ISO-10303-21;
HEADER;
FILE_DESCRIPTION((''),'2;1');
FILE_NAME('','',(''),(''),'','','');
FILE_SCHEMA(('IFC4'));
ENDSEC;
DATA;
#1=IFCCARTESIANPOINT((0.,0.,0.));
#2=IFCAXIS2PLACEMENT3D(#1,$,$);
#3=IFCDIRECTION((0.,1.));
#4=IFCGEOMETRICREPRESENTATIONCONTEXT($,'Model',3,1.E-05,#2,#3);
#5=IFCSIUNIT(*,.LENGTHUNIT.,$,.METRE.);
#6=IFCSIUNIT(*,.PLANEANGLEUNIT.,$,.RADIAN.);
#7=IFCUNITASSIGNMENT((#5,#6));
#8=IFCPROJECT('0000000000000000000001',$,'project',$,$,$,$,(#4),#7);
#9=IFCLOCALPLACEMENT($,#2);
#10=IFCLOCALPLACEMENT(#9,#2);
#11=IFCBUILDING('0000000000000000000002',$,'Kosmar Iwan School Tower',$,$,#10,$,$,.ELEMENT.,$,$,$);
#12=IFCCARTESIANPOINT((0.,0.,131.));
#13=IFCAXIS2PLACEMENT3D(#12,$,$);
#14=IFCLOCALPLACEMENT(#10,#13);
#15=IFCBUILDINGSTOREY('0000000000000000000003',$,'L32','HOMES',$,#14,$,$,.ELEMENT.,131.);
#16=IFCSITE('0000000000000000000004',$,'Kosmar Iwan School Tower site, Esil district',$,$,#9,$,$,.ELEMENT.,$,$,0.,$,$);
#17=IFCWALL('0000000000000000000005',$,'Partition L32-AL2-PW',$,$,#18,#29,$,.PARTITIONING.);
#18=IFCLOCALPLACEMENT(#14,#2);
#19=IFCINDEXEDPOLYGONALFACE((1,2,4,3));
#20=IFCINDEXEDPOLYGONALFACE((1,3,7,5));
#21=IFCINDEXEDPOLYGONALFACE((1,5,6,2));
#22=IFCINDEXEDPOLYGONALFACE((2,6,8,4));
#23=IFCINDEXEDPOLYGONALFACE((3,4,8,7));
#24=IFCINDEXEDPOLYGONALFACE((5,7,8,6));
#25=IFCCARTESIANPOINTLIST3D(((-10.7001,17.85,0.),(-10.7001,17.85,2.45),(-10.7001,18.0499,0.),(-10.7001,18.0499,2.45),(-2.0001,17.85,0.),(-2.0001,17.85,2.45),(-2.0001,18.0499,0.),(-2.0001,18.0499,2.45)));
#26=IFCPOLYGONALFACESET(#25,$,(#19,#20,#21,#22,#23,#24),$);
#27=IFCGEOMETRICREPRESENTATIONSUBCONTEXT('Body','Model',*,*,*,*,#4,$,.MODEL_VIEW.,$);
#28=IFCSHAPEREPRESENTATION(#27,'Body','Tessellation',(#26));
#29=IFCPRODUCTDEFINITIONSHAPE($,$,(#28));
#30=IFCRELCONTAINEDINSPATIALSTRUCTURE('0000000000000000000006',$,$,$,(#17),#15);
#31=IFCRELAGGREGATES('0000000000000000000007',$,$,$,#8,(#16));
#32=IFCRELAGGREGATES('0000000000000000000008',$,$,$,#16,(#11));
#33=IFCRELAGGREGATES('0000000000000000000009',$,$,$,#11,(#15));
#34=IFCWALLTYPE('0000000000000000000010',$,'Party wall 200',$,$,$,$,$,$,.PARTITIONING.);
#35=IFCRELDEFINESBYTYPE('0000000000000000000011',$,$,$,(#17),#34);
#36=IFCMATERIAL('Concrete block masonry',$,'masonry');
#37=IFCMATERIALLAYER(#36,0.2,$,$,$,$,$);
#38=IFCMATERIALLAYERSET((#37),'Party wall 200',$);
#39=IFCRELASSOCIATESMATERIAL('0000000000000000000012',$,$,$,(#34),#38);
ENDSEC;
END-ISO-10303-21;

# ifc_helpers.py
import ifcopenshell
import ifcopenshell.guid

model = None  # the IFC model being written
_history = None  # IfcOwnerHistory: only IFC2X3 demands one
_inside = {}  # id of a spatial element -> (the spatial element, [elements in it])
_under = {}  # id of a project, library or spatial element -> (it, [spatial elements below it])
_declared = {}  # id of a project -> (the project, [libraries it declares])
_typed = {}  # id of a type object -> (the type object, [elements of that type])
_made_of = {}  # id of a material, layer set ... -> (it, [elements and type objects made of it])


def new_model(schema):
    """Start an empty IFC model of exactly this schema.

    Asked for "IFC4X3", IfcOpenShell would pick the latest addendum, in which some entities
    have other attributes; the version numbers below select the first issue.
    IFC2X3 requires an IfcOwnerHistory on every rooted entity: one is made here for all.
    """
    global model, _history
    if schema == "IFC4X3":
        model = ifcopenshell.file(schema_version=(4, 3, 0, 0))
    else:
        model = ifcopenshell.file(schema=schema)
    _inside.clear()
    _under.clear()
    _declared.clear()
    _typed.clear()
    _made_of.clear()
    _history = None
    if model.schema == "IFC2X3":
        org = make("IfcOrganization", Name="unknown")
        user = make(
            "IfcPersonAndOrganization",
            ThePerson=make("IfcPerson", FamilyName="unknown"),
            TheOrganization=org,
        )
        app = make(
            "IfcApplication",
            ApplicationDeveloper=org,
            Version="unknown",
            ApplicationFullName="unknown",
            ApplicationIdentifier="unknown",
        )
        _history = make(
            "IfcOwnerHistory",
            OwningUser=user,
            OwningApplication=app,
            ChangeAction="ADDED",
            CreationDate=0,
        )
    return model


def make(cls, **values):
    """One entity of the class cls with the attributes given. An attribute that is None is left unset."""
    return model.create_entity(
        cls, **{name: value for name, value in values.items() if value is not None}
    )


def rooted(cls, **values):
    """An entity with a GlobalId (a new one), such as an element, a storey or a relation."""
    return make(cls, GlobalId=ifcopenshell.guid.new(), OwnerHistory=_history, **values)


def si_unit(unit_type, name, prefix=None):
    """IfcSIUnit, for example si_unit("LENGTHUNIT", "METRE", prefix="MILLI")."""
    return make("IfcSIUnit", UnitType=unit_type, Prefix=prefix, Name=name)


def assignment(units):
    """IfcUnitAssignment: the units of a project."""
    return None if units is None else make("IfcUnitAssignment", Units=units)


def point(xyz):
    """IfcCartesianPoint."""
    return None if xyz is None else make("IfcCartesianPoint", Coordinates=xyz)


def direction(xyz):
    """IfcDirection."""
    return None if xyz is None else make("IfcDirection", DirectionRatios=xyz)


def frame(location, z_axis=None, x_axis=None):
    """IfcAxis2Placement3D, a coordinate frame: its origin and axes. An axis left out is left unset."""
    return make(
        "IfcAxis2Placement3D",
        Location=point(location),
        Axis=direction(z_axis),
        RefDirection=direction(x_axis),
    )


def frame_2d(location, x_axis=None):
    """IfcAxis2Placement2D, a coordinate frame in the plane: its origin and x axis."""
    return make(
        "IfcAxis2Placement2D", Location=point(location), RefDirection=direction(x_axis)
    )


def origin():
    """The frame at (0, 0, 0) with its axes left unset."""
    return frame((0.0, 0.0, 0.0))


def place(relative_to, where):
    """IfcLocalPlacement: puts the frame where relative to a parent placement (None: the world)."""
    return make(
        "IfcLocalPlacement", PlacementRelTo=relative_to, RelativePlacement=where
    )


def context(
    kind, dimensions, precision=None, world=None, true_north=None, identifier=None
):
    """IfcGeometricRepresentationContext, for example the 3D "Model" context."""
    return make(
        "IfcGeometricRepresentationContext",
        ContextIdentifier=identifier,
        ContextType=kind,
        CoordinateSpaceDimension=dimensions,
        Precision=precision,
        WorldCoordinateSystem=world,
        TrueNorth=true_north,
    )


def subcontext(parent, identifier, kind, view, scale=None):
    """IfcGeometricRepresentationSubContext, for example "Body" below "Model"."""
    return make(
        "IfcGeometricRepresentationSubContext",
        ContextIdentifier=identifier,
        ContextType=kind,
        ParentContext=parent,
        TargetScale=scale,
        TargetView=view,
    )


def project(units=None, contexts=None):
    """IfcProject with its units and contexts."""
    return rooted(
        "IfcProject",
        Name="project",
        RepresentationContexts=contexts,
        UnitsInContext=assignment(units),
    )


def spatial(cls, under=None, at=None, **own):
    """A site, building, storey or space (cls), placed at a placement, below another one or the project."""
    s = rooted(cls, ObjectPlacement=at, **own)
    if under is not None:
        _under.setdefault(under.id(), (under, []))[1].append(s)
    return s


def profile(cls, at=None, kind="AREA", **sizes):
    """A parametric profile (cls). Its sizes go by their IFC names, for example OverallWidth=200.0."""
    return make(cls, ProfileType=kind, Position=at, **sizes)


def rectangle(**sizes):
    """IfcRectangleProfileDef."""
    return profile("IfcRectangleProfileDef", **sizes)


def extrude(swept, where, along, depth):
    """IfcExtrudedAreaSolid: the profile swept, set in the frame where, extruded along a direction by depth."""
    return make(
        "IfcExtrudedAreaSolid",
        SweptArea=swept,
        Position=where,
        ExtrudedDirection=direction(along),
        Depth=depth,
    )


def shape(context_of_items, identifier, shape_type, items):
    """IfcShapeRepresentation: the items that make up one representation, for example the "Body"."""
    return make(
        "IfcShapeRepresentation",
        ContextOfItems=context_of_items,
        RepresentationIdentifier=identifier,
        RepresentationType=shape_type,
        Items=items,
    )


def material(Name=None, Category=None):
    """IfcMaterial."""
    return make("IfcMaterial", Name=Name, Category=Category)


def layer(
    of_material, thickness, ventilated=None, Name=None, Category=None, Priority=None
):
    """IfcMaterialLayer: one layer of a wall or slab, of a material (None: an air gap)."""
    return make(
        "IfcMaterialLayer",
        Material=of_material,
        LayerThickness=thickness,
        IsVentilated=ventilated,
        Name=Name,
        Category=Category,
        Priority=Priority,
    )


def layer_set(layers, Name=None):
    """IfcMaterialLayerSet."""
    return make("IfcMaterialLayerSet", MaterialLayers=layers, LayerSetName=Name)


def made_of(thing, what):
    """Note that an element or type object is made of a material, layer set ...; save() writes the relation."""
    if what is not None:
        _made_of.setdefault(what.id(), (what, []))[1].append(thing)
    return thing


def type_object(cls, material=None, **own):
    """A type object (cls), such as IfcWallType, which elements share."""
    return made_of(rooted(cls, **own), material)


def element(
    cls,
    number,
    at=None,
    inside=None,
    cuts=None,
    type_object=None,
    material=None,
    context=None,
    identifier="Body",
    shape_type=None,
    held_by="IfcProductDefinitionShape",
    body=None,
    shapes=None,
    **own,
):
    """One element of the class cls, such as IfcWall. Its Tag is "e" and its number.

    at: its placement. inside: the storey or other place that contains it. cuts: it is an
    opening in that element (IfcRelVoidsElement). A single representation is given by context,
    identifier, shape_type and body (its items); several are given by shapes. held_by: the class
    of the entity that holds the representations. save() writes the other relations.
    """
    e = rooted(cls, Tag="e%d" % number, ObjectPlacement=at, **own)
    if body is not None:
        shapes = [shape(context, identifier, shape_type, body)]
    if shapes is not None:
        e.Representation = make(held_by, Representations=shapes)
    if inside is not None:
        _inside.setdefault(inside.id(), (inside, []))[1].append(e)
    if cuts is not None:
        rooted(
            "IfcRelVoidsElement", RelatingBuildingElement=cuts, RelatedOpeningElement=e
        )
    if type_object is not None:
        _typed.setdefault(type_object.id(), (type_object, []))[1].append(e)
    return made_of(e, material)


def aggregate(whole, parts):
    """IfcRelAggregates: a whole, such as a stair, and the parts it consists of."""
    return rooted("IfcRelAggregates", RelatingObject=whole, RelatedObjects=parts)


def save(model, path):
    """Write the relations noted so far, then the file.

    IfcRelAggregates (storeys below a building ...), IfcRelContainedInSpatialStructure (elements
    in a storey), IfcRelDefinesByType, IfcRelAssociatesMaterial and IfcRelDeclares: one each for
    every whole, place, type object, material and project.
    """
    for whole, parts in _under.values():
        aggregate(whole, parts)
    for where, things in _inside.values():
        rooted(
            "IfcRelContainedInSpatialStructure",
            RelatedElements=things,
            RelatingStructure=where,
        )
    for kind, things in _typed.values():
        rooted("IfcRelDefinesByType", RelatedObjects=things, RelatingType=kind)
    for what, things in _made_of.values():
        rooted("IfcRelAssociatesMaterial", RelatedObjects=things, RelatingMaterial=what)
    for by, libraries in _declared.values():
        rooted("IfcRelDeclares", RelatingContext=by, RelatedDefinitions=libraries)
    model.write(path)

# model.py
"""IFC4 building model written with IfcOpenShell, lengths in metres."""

from ifc_helpers import new_model, si_unit, direction, frame, frame_2d, origin, place, context, subcontext, project, spatial, rectangle, extrude, material, layer, layer_set, type_object, element, save


model = new_model("IFC4")

# Units and contexts
model_context = context("Model", 3, precision=1e-05, world=origin(), true_north=direction((0.0, 1.0)))
body_context = subcontext(model_context, "Body", "Model", "MODEL_VIEW")
ifc_project = project(units=[si_unit("LENGTHUNIT", "METRE"), si_unit("PLANEANGLEUNIT", "RADIAN")], contexts=[model_context])

# Site, building, storey
site_placement = place(None, origin())
site = spatial("IfcSite", under=ifc_project, at=site_placement, Name="Kosmar Iwan School Tower site, Esil district", CompositionType="ELEMENT", RefElevation=0.0)
building_placement = place(site_placement, origin())
building = spatial("IfcBuilding", under=site, at=building_placement, Name="Kosmar Iwan School Tower", CompositionType="ELEMENT")
storey_placement = place(building_placement, frame((0.0, 0.0, 131.0)))
storey = spatial("IfcBuildingStorey", under=building, at=storey_placement, Name="L32", Description="HOMES", CompositionType="ELEMENT", Elevation=131.0)

# Wall
ifc_material_1 = material(Name="Concrete block masonry", Category="masonry")
ifc_layer_1 = layer(ifc_material_1, 0.2)
ifc_layer_set_1 = layer_set([ifc_layer_1], Name="Party wall 200")
wall_type_1 = type_object("IfcWallType", Name="Party wall 200", PredefinedType="PARTITIONING", material=ifc_layer_set_1)
wall_1_placement = place(storey_placement, frame((-2.0, 17.95, 0.0), z_axis=(0.0, 0.0, 1.0), x_axis=(-1.0, 0.0, 0.0)))
element("IfcWall", 1, at=wall_1_placement, inside=storey, type_object=wall_type_1, Name="Partition L32-AL2-PW", PredefinedType="PARTITIONING", context=body_context, shape_type="SweptSolid", body=[
    extrude(rectangle(XDim=8.7, YDim=0.2, at=frame_2d((4.3501, 0.0))), origin(), (0.0, 0.0, 1.0), 2.45),
])

save(model, "model.ifc")
